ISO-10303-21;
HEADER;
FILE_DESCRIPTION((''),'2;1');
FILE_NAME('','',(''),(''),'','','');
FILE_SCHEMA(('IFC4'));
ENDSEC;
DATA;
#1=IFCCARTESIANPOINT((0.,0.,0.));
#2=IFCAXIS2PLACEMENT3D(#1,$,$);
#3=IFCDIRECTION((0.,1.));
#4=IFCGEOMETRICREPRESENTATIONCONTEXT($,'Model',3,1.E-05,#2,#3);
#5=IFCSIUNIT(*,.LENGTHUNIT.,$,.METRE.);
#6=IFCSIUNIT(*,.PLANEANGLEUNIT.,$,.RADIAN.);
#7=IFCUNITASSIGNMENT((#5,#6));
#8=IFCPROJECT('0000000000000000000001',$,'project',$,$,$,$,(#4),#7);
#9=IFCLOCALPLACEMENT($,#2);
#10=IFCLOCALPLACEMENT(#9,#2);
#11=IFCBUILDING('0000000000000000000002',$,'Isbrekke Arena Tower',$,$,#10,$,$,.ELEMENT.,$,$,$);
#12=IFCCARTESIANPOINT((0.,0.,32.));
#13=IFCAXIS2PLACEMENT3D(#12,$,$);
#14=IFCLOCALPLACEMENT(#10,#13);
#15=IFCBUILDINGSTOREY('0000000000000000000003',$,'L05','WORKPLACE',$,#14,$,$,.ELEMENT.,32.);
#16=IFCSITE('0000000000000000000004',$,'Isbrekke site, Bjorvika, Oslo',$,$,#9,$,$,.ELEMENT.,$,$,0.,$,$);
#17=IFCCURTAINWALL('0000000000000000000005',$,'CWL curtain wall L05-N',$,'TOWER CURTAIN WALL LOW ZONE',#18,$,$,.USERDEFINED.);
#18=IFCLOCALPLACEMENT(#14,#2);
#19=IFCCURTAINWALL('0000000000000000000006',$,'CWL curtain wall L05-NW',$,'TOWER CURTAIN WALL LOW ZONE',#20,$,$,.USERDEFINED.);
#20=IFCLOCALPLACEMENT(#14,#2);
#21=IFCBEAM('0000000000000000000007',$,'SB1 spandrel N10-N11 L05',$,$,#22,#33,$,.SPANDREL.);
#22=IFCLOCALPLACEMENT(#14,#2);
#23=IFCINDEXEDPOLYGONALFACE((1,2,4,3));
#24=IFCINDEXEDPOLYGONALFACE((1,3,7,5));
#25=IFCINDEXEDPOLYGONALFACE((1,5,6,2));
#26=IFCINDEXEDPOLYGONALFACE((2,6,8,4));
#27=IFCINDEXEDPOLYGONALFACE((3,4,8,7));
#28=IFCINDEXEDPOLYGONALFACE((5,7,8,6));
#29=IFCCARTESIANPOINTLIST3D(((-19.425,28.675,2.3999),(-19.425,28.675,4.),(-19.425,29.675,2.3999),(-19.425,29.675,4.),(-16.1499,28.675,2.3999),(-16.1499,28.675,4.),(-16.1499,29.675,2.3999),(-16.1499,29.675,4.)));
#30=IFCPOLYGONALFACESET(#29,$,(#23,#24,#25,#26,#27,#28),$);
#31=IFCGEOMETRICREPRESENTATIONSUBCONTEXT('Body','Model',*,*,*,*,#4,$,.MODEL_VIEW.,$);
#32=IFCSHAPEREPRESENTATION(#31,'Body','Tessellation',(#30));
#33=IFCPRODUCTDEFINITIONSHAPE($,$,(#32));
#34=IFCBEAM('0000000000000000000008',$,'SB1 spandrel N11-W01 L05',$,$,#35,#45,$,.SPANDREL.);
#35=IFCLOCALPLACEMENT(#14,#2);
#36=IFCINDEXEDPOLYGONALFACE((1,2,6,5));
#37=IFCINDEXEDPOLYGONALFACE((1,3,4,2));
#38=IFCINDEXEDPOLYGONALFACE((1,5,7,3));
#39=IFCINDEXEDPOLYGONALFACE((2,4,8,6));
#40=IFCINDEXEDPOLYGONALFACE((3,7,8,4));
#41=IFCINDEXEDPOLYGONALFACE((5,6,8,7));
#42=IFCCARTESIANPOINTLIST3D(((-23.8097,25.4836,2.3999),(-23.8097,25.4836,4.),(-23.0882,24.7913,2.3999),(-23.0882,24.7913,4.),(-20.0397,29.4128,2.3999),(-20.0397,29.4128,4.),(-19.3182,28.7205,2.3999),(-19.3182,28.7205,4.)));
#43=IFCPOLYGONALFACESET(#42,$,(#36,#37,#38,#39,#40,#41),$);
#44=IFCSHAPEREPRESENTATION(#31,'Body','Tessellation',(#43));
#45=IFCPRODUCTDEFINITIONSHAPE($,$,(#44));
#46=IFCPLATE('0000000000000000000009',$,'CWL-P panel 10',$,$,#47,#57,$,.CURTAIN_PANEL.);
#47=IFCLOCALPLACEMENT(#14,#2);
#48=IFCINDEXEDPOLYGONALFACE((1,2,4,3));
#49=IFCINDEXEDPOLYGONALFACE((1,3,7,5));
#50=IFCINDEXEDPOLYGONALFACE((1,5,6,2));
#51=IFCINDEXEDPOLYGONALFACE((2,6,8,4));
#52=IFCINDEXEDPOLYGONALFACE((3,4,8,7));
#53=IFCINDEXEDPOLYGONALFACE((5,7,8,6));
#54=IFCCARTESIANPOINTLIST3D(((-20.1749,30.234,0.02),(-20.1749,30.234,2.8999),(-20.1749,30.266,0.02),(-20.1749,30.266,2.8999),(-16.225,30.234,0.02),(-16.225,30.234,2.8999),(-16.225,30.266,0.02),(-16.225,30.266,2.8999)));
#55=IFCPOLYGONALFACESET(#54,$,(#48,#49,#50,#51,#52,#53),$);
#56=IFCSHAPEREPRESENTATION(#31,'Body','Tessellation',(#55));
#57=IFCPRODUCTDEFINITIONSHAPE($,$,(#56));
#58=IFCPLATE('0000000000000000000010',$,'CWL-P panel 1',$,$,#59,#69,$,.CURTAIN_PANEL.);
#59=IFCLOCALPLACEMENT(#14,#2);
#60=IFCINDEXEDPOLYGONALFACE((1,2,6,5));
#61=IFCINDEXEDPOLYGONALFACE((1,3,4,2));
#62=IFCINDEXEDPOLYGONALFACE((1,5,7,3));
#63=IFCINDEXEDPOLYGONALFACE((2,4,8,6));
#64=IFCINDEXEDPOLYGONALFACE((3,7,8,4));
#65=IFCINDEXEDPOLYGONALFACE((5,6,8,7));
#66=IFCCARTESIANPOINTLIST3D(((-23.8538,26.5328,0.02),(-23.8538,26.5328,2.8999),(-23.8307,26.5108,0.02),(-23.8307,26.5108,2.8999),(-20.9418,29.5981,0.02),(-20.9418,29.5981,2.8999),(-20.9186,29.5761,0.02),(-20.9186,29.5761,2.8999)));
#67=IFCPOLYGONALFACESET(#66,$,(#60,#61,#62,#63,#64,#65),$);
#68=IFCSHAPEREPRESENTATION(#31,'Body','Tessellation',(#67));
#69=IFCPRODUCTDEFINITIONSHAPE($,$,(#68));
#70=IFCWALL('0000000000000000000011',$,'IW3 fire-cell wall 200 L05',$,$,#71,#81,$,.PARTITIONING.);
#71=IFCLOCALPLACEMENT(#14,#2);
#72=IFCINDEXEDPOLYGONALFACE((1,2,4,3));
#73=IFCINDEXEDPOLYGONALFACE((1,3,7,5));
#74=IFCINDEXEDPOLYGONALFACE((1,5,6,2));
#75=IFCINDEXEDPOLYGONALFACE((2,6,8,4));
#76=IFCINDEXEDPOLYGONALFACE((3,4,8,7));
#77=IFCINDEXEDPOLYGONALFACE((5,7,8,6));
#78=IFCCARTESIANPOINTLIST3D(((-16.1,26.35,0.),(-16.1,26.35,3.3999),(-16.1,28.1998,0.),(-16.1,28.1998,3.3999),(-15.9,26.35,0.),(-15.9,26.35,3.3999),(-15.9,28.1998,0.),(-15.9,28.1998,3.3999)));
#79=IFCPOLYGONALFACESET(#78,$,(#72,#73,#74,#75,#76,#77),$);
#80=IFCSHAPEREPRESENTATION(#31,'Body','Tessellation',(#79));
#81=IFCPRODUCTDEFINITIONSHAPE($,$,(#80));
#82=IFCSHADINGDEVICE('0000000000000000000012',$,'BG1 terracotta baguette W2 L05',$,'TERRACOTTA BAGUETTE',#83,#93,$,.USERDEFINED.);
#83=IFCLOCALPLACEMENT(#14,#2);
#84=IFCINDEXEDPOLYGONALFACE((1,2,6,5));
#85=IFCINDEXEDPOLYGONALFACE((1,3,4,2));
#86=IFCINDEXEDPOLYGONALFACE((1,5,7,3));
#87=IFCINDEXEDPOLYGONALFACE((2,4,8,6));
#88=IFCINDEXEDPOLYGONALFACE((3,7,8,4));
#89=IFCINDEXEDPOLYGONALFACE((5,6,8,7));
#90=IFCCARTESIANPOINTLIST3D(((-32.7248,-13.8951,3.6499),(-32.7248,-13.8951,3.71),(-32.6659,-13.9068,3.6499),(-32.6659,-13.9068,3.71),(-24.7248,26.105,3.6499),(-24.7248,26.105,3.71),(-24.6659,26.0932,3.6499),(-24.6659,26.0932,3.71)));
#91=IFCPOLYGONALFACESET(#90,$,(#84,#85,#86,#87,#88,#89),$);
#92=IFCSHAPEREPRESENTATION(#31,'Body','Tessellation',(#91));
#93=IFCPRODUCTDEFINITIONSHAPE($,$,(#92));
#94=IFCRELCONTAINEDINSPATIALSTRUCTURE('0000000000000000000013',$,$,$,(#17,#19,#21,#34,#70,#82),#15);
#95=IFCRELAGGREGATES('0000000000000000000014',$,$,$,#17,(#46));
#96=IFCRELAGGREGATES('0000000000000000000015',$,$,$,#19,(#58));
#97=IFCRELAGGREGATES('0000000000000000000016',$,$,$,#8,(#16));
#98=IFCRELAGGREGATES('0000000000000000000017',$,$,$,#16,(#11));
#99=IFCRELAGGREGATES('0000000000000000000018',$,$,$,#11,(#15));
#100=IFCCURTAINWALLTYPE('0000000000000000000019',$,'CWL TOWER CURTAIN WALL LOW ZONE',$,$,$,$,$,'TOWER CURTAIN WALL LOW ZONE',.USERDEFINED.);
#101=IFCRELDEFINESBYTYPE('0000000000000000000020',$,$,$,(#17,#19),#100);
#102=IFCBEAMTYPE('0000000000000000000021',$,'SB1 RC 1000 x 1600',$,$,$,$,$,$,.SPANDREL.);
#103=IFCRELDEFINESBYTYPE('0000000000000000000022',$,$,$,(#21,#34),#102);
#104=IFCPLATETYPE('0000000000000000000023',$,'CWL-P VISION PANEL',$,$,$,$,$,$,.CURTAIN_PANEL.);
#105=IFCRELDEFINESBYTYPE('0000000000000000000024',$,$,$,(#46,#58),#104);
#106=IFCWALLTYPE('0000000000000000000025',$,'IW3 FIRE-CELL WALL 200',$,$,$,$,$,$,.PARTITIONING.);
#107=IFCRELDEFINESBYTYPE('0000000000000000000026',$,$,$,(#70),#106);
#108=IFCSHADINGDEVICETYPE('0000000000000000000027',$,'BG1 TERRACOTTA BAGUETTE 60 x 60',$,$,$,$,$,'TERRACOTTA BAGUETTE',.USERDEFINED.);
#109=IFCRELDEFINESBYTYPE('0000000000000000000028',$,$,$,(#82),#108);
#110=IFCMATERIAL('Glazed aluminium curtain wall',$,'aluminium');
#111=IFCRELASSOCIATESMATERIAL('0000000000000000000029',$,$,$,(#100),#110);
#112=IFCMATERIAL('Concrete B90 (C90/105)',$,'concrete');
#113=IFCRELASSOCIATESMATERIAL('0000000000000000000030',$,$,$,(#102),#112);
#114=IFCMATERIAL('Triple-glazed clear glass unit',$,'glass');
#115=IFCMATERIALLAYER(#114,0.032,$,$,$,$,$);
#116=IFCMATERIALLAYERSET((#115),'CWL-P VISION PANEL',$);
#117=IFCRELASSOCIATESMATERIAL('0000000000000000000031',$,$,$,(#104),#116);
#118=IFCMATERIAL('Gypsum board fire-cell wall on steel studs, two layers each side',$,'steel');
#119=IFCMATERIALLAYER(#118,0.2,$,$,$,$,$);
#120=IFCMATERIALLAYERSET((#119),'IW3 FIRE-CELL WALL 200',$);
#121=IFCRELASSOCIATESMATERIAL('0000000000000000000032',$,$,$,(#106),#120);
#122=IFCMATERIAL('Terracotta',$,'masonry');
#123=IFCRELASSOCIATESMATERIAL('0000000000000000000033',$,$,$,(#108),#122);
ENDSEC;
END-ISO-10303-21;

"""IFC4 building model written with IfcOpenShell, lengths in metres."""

from ifc_helpers import new_model, si_unit, direction, frame, frame_2d, origin, origin_2d, place, context, subcontext, project, spatial, rectangle, extrude, material, layer, layer_set, material_profile, profile_set, type_object, element, aggregate, save


model = new_model("IFC4")

# Units and contexts
model_context = context("Model", 3, precision=1e-05, world=origin(), true_north=direction((0.0, 1.0)))
body_context = subcontext(model_context, "Body", "Model", "MODEL_VIEW")
ifc_project = project(units=[si_unit("LENGTHUNIT", "METRE"), si_unit("PLANEANGLEUNIT", "RADIAN")], contexts=[model_context])

# Site, building, storey
site_placement = place(None, origin())
site = spatial("IfcSite", under=ifc_project, at=site_placement, Name="Isbrekke site, Bjorvika, Oslo", CompositionType="ELEMENT", RefElevation=0.0)
building_placement = place(site_placement, origin())
building = spatial("IfcBuilding", under=site, at=building_placement, Name="Isbrekke Arena Tower", CompositionType="ELEMENT")
storey_placement = place(building_placement, frame((0.0, 0.0, 32.0)))
storey = spatial("IfcBuildingStorey", under=building, at=storey_placement, Name="L05", Description="WORKPLACE", CompositionType="ELEMENT", Elevation=32.0)

# Curtain wall
ifc_material_1 = material(Name="Glazed aluminium curtain wall", Category="aluminium")
curtain_wall_type = type_object("IfcCurtainWallType", Name="CWL TOWER CURTAIN WALL LOW ZONE", ElementType="TOWER CURTAIN WALL LOW ZONE", PredefinedType="USERDEFINED", material=ifc_material_1)
curtain_wall_1_placement = place(storey_placement, origin())
curtain_wall_1 = element("IfcCurtainWall", 1, at=curtain_wall_1_placement, inside=storey, type_object=curtain_wall_type, Name="CWL curtain wall L05-N", ObjectType="TOWER CURTAIN WALL LOW ZONE", PredefinedType="USERDEFINED")

# Curtain wall
curtain_wall_2_placement = place(storey_placement, origin())
curtain_wall_2 = element("IfcCurtainWall", 2, at=curtain_wall_2_placement, inside=storey, type_object=curtain_wall_type, Name="CWL curtain wall L05-NW", ObjectType="TOWER CURTAIN WALL LOW ZONE", PredefinedType="USERDEFINED")

# Beams
ifc_material_2 = material(Name="Concrete B90 (C90/105)", Category="concrete")
ifc_material_profile_1 = material_profile(ifc_material_2, rectangle(XDim=1.0, YDim=1.6001, at=origin_2d()), Name="RC 1000x1600")
ifc_profile_set_1 = profile_set([ifc_material_profile_1], Name="Concrete B90 (C90/105)")
beam_type_1 = type_object("IfcBeamType", Name="SB1 RC 1000 x 1600", PredefinedType="SPANDREL", material=ifc_profile_set_1)
beam_1_placement = place(storey_placement, frame((-16.1499, 29.175, 3.2), z_axis=(-1.0, 0.0, 0.0), x_axis=(0.0, -1.0, 0.0)))
element("IfcBeam", 3, at=beam_1_placement, inside=storey, type_object=beam_type_1, Name="SB1 spandrel N10-N11 L05", PredefinedType="SPANDREL", context=body_context, shape_type="SweptSolid", body=[
    extrude(rectangle(XDim=1.0, YDim=1.6001, at=origin_2d()), origin(), (0.0, 0.0, 1.0), 3.2751),
])
beam_2_placement = place(storey_placement, frame((-19.679, 29.0667, 3.2), z_axis=(-0.69234, -0.721572, 0.0), x_axis=(0.721572, -0.69234, 0.0)))
element("IfcBeam", 4, at=beam_2_placement, inside=storey, type_object=beam_type_1, Name="SB1 spandrel N11-W01 L05", PredefinedType="SPANDREL", context=body_context, shape_type="SweptSolid", body=[
    extrude(rectangle(XDim=1.0, YDim=1.6001, at=origin_2d()), origin(), (0.0, 0.0, 1.0), 5.4453),
])

# Plates
ifc_material_3 = material(Name="Triple-glazed clear glass unit", Category="glass")
ifc_layer_1 = layer(ifc_material_3, 0.032)
ifc_layer_set_1 = layer_set([ifc_layer_1], Name="CWL-P VISION PANEL")
plate_type = type_object("IfcPlateType", Name="CWL-P VISION PANEL", PredefinedType="CURTAIN_PANEL", material=ifc_layer_set_1)
plate_1_placement = place(storey_placement, frame((-18.2, 30.25, 0.02), z_axis=(0.0, 0.0, 1.0), x_axis=(-1.0, 0.0, 0.0)))
plate_1 = element("IfcPlate", 5, at=plate_1_placement, type_object=plate_type, Name="CWL-P panel 10", PredefinedType="CURTAIN_PANEL", context=body_context, shape_type="SweptSolid", body=[
    extrude(rectangle(XDim=3.95, YDim=0.032, at=origin_2d()), origin(), (0.0, 0.0, 1.0), 2.8799),
])
aggregate(curtain_wall_1, [plate_1])
plate_2_placement = place(storey_placement, frame((-22.3862, 28.0544, 0.02), z_axis=(0.0, 0.0, 1.0), x_axis=(-0.688749, -0.724999, 0.0)))
plate_2 = element("IfcPlate", 6, at=plate_2_placement, type_object=plate_type, Name="CWL-P panel 1", PredefinedType="CURTAIN_PANEL", context=body_context, shape_type="SweptSolid", body=[
    extrude(rectangle(XDim=4.228, YDim=0.032, at=origin_2d()), origin(), (0.0, 0.0, 1.0), 2.8799),
])
aggregate(curtain_wall_2, [plate_2])

# Shared definitions
ifc_material_4 = material(Name="Gypsum board fire-cell wall on steel studs, two layers each side", Category="steel")
ifc_layer_2 = layer(ifc_material_4, 0.2)
ifc_layer_set_2 = layer_set([ifc_layer_2], Name="IW3 FIRE-CELL WALL 200")
wall_type = type_object("IfcWallType", Name="IW3 FIRE-CELL WALL 200", PredefinedType="PARTITIONING", material=ifc_layer_set_2)

# Wall
wall_1_placement = place(storey_placement, frame((-16.0, 26.3501, 0.0), z_axis=(0.0, 0.0, 1.0), x_axis=(0.0, 1.0, 0.0)))
element("IfcWall", 7, at=wall_1_placement, inside=storey, type_object=wall_type, Name="IW3 fire-cell wall 200 L05", PredefinedType="PARTITIONING", context=body_context, shape_type="SweptSolid", body=[
    extrude(rectangle(XDim=1.8499, YDim=0.2, at=frame_2d((0.9248, 0.0))), origin(), (0.0, 0.0, 1.0), 3.3999),
])

# Shading device
ifc_material_5 = material(Name="Terracotta", Category="masonry")
ifc_material_profile_2 = material_profile(ifc_material_5, rectangle(XDim=0.0601, YDim=0.0601, at=origin_2d()), Name="BAGUETTE 60X60")
ifc_profile_set_2 = profile_set([ifc_material_profile_2], Name="Terracotta")
shading_device_type = type_object("IfcShadingDeviceType", Name="BG1 TERRACOTTA BAGUETTE 60 x 60", ElementType="TERRACOTTA BAGUETTE", PredefinedType="USERDEFINED", material=ifc_profile_set_2)
shading_device_placement = place(storey_placement, frame((-24.6953, 26.0991, 3.6799), z_axis=(-0.196116, -0.980581, 0.0), x_axis=(0.980581, -0.196116, 0.0)))
element("IfcShadingDevice", 8, at=shading_device_placement, inside=storey, type_object=shading_device_type, Name="BG1 terracotta baguette W2 L05", ObjectType="TERRACOTTA BAGUETTE", PredefinedType="USERDEFINED", context=body_context, shape_type="SweptSolid", body=[
    extrude(rectangle(XDim=0.0601, YDim=0.0601, at=origin_2d()), origin(), (0.0, 0.0, 1.0), 40.7922),
])

save(model, "model.ifc")
